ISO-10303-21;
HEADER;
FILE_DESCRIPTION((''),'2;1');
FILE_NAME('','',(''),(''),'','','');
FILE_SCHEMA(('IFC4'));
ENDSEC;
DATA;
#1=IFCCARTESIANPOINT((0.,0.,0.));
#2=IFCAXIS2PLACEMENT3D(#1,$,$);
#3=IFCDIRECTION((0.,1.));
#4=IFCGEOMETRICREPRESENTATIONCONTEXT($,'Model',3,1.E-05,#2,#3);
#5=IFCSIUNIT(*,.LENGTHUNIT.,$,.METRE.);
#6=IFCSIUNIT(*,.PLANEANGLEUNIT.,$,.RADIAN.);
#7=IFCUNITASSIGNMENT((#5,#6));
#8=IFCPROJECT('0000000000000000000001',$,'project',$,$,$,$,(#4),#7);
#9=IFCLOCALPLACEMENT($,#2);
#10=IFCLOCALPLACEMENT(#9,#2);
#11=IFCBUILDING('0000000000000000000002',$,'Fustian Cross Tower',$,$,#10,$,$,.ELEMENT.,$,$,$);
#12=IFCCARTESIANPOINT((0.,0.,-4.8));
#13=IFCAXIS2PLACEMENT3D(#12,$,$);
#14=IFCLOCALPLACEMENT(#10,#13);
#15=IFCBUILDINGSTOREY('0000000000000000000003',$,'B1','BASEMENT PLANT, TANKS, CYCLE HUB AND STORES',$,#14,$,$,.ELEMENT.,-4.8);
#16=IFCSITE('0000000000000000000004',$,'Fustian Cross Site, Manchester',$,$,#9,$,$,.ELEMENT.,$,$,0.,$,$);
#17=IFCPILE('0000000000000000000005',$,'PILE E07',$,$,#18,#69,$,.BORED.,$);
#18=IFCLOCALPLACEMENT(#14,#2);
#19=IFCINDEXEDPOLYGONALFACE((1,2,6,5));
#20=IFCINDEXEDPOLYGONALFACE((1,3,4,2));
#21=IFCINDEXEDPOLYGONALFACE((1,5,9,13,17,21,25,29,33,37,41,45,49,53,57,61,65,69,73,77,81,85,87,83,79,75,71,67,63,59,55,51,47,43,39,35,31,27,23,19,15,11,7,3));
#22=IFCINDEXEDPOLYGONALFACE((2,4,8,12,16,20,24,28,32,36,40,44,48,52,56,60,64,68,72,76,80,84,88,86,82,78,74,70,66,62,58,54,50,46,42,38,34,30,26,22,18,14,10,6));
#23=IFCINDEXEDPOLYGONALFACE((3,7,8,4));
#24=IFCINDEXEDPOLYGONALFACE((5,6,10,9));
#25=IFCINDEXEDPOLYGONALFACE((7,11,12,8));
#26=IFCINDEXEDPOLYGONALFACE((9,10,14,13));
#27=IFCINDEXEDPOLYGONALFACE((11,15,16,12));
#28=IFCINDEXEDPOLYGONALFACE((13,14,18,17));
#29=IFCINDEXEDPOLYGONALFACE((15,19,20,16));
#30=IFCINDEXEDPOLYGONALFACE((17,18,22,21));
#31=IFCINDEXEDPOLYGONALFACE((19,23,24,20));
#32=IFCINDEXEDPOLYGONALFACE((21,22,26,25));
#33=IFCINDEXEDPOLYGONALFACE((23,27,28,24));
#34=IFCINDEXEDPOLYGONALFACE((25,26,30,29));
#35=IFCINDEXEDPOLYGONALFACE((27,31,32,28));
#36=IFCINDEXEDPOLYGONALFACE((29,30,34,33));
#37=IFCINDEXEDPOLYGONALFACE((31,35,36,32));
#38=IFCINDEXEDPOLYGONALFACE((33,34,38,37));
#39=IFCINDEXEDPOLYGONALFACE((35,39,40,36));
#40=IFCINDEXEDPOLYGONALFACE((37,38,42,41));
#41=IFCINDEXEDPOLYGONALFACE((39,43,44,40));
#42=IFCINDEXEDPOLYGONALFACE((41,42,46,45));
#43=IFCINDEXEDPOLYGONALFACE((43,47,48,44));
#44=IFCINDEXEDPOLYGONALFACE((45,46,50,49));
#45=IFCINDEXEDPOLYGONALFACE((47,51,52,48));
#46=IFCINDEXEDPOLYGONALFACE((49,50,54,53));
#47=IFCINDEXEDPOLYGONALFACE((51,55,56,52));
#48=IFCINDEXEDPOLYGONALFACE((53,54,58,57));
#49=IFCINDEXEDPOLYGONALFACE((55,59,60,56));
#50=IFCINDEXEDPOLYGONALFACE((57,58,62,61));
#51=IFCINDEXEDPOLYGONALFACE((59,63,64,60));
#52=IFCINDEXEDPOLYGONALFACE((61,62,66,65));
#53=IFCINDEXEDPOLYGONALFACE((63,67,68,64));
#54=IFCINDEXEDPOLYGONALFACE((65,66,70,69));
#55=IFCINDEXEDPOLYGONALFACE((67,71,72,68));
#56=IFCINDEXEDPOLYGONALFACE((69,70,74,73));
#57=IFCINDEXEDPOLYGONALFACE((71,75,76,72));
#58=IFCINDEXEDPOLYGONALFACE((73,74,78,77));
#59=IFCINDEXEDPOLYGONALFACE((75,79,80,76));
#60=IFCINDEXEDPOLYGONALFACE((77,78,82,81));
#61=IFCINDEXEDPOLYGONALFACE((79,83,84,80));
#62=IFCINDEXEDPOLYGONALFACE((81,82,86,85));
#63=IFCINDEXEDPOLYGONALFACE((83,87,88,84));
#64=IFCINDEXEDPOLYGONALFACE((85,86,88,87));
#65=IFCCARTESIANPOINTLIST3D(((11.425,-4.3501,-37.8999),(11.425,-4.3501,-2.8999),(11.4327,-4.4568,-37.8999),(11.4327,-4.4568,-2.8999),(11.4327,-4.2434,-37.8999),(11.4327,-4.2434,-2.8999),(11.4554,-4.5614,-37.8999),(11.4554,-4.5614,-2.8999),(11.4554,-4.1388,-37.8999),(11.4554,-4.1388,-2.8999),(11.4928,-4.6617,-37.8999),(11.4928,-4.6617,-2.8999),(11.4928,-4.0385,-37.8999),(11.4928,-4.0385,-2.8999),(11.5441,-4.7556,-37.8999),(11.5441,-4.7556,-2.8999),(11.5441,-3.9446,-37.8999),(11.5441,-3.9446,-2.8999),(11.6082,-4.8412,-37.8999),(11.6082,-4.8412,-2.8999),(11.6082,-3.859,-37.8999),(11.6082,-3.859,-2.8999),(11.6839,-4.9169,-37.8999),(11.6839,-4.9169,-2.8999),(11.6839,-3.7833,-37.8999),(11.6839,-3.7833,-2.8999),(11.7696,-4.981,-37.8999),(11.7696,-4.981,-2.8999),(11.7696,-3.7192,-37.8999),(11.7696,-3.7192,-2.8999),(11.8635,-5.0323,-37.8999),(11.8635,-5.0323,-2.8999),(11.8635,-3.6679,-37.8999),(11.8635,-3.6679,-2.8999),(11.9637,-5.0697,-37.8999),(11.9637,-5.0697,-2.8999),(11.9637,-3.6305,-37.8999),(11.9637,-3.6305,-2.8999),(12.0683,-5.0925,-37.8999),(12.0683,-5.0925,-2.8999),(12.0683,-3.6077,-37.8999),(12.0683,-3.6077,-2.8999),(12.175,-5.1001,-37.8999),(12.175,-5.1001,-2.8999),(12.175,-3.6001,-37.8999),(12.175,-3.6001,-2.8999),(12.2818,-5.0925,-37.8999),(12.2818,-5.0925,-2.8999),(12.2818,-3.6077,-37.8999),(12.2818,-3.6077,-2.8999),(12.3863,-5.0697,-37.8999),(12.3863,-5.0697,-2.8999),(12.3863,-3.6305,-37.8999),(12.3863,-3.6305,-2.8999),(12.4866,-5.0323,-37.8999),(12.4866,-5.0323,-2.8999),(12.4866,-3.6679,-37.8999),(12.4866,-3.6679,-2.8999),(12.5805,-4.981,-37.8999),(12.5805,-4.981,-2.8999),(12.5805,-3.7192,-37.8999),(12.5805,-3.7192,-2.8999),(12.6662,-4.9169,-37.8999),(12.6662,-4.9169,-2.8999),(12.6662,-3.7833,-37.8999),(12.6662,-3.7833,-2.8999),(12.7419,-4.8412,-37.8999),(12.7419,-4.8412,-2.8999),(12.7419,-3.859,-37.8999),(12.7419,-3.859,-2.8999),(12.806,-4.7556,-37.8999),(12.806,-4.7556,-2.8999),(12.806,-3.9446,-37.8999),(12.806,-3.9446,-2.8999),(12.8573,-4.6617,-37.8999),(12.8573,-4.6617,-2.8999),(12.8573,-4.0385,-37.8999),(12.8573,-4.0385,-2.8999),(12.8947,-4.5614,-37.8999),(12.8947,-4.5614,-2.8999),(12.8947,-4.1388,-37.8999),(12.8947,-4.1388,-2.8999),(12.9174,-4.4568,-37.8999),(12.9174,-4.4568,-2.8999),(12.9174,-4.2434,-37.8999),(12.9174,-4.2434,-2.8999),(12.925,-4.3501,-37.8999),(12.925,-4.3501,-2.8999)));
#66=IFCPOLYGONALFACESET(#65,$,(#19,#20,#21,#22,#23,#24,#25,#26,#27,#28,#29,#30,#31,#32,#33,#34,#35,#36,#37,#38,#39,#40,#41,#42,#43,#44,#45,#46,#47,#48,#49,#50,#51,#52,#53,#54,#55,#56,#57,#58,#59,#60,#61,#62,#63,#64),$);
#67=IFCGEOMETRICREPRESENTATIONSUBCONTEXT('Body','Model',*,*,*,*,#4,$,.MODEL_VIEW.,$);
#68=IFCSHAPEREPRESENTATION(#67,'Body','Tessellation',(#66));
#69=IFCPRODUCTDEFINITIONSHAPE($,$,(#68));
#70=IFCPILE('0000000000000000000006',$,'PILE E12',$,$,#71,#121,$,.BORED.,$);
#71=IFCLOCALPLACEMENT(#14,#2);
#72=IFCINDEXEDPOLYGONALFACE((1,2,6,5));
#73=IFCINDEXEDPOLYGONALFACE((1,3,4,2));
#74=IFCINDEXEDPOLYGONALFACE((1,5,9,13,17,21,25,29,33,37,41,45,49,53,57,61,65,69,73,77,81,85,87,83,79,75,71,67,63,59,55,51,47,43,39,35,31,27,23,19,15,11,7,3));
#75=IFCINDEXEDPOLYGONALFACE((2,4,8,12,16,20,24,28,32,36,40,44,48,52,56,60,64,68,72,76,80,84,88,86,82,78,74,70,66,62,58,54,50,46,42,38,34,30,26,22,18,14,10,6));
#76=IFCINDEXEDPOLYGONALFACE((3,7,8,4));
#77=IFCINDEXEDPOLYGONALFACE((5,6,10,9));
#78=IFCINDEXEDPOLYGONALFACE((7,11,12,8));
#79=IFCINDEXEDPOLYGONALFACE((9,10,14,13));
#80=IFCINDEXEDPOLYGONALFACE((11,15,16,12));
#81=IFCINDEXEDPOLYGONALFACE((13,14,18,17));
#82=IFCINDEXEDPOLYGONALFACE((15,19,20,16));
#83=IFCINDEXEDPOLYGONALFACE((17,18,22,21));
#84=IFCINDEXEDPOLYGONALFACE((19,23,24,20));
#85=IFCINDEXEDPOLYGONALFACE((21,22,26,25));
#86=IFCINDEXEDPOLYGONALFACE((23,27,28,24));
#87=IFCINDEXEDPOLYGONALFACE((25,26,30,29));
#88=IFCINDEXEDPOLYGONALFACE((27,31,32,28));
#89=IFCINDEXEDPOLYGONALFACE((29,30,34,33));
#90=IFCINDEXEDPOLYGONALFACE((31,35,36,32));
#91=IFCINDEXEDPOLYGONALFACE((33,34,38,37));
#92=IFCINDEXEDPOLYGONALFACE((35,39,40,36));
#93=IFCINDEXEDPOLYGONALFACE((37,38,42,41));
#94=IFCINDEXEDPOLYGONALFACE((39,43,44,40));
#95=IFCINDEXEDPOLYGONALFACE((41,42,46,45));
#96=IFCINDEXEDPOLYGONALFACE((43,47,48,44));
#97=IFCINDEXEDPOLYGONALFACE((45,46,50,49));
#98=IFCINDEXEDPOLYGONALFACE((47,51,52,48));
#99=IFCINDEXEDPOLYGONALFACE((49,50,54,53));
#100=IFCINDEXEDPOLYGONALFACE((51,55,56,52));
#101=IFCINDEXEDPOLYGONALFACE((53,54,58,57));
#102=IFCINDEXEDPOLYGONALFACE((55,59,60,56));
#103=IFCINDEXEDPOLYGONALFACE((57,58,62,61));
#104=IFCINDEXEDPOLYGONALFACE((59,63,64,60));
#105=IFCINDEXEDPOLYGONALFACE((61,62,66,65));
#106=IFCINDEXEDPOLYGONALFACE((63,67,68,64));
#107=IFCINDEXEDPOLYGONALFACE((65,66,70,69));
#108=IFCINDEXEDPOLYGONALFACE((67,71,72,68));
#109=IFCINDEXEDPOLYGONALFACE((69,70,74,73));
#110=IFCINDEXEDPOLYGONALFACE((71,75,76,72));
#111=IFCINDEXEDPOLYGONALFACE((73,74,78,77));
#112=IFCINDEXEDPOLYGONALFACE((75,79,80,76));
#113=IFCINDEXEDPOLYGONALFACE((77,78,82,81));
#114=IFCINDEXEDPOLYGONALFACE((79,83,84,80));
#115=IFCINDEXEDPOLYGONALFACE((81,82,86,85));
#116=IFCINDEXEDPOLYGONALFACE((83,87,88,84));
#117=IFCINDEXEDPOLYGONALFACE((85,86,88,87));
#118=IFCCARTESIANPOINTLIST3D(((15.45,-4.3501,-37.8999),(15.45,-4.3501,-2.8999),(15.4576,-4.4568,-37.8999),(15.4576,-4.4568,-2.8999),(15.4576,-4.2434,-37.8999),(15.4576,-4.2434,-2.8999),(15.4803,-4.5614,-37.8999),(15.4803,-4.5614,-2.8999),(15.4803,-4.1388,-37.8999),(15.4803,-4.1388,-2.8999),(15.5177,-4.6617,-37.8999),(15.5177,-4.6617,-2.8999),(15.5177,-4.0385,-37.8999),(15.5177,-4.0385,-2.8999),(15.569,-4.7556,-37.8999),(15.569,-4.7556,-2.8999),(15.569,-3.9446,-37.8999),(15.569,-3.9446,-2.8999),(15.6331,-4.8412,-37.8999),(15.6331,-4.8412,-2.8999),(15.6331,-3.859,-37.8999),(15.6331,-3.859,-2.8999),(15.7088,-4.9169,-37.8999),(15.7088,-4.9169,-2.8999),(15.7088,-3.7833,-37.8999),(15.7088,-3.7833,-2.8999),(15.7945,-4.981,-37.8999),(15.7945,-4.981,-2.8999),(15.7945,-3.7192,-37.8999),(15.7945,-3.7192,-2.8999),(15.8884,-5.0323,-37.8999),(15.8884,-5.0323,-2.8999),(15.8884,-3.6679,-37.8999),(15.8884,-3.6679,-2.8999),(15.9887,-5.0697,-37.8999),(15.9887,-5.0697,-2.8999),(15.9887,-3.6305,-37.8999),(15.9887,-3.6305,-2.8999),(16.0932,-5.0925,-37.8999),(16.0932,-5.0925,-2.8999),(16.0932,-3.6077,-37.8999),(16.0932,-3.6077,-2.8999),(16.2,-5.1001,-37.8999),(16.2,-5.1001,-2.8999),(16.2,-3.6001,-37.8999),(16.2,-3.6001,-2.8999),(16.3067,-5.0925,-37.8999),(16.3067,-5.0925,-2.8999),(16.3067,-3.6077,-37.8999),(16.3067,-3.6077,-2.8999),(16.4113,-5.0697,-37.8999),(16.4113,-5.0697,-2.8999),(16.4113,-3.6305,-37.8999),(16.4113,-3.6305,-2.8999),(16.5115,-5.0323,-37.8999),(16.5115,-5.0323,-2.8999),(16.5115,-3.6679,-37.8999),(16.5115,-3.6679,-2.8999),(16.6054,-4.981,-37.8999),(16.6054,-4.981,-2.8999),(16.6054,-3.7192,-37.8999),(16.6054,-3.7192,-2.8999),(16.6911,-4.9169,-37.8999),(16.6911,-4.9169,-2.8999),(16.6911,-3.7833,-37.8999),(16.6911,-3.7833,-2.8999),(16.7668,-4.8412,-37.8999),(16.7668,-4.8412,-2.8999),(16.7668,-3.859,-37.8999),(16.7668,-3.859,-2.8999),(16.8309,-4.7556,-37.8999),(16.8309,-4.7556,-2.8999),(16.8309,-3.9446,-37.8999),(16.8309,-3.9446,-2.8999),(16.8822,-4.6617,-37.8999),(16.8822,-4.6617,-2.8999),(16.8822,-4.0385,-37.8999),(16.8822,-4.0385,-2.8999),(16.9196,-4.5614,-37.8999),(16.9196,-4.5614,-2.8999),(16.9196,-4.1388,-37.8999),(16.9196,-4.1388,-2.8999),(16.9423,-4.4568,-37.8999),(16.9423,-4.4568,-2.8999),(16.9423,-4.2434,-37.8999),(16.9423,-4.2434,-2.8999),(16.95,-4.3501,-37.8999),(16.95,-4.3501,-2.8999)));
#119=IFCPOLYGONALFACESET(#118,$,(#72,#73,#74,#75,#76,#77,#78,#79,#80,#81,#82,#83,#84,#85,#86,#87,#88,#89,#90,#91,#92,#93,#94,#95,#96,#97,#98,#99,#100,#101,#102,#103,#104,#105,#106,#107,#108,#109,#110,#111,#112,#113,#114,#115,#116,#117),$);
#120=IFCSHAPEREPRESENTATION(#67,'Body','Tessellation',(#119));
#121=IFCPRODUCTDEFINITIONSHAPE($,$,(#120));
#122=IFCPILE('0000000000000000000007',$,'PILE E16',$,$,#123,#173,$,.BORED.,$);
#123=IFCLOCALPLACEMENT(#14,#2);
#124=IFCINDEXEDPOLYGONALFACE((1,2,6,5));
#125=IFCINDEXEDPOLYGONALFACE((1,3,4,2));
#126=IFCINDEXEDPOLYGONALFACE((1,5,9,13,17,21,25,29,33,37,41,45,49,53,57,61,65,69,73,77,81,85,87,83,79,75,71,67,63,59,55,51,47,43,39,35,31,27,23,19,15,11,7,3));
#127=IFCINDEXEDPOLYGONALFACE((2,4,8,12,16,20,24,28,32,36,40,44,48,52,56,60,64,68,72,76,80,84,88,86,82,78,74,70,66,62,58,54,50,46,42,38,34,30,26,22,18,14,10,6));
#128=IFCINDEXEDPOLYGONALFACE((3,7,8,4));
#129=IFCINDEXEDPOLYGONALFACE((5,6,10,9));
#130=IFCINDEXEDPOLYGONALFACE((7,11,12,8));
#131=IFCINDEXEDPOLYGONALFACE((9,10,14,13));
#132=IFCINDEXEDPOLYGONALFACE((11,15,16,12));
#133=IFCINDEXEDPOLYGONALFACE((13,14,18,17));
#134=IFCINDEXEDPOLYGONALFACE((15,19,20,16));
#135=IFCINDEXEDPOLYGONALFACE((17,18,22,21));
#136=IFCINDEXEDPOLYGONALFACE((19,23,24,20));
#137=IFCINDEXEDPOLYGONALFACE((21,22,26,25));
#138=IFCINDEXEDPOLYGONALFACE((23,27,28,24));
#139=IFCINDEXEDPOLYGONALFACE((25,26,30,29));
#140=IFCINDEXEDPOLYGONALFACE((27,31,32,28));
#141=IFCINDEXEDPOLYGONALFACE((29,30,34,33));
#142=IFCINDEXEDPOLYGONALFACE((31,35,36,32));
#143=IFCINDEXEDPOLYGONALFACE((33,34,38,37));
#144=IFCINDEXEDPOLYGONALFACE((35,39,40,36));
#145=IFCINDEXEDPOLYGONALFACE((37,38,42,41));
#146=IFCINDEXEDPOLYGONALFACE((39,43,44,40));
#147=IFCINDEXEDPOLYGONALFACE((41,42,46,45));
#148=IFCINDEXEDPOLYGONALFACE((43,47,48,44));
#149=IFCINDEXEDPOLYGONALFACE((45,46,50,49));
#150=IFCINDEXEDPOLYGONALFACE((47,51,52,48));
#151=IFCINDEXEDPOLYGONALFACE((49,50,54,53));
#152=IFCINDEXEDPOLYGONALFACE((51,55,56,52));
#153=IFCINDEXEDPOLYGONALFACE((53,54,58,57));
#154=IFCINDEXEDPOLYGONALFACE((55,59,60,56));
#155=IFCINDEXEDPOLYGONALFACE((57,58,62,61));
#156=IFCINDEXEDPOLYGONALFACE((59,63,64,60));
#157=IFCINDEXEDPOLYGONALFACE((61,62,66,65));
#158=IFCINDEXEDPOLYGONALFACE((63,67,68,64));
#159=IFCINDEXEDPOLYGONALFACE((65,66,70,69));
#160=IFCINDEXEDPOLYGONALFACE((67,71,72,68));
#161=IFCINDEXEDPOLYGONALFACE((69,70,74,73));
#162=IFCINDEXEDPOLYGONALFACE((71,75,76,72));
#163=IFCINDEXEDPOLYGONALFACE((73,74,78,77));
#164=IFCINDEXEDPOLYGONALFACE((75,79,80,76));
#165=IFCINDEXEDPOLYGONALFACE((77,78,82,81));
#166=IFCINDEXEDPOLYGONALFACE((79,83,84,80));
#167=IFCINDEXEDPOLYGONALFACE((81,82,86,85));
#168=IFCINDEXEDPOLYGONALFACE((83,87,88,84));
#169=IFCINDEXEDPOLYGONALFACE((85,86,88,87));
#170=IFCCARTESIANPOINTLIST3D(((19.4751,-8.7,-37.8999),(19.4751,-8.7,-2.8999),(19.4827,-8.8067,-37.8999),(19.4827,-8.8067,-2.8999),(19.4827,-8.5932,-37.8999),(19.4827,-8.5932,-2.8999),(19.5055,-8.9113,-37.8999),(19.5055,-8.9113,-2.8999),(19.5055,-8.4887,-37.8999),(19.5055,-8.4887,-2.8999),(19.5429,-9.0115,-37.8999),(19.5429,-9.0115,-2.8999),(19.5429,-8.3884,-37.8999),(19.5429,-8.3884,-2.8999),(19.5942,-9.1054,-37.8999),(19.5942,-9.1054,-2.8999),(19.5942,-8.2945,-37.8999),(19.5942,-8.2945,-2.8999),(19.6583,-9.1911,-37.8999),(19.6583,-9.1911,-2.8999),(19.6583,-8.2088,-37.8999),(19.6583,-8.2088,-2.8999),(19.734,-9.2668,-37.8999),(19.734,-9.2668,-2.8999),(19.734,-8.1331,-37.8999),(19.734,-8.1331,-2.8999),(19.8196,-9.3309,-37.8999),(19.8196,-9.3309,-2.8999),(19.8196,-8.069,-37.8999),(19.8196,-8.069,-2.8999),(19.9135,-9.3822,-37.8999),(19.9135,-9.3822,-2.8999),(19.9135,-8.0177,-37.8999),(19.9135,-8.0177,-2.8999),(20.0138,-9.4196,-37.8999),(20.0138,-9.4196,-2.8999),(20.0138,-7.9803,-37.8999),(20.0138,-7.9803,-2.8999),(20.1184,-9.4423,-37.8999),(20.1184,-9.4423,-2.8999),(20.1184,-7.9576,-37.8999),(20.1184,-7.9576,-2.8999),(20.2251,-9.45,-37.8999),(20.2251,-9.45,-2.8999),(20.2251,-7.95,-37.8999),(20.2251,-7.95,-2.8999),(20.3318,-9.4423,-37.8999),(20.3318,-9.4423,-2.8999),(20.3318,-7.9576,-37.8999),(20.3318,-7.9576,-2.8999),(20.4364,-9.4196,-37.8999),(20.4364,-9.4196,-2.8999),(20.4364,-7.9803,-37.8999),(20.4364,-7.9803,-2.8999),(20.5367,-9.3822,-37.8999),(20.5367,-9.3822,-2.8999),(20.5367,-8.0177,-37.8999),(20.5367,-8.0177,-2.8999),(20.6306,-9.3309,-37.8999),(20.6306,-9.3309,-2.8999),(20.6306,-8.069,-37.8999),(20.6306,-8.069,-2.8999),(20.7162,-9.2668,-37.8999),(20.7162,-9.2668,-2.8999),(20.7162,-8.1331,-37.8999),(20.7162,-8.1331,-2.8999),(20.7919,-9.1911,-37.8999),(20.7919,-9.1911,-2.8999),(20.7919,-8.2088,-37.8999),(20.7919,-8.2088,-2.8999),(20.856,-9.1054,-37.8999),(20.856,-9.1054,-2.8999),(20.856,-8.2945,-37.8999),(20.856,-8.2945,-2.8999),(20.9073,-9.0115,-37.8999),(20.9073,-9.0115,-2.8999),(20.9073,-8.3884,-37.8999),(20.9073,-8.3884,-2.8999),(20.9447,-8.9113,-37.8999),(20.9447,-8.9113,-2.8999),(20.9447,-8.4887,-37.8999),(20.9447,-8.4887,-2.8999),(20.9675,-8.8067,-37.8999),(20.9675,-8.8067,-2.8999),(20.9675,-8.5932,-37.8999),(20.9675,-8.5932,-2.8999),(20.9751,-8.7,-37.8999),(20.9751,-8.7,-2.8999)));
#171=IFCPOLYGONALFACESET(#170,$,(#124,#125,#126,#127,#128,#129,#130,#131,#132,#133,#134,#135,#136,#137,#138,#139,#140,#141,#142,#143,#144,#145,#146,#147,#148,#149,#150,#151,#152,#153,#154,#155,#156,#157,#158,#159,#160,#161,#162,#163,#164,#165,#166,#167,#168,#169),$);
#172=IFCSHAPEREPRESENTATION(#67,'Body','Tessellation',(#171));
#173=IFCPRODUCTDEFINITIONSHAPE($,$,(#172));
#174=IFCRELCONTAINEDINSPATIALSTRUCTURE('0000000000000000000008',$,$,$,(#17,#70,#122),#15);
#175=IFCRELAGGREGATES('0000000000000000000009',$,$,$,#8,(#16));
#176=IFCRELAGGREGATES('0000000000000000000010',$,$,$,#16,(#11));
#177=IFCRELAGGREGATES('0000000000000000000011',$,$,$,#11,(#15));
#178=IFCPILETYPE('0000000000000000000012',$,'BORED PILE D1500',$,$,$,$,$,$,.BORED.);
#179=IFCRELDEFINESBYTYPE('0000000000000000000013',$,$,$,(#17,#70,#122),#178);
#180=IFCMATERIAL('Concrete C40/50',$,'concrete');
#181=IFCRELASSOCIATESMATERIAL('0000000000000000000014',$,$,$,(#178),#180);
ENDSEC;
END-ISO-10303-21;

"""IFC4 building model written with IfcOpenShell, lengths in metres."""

from ifc_helpers import new_model, si_unit, direction, frame, origin, origin_2d, place, context, subcontext, project, spatial, circle, extrude, material, material_profile, profile_set, type_object, element, save


model = new_model("IFC4")

# Units and contexts
model_context = context("Model", 3, precision=1e-05, world=origin(), true_north=direction((0.0, 1.0)))
body_context = subcontext(model_context, "Body", "Model", "MODEL_VIEW")
ifc_project = project(units=[si_unit("LENGTHUNIT", "METRE"), si_unit("PLANEANGLEUNIT", "RADIAN")], contexts=[model_context])

# Site, building, storey
site_placement = place(None, origin())
site = spatial("IfcSite", under=ifc_project, at=site_placement, Name="Fustian Cross Site, Manchester", CompositionType="ELEMENT", RefElevation=0.0)
building_placement = place(site_placement, origin())
building = spatial("IfcBuilding", under=site, at=building_placement, Name="Fustian Cross Tower", CompositionType="ELEMENT")
storey_placement = place(building_placement, frame((0.0, 0.0, -4.8)))
storey = spatial("IfcBuildingStorey", under=building, at=storey_placement, Name="B1", Description="BASEMENT PLANT, TANKS, CYCLE HUB AND STORES", CompositionType="ELEMENT", Elevation=-4.8)

# Piles
ifc_material_1 = material(Name="Concrete C40/50", Category="concrete")
ifc_material_profile = material_profile(ifc_material_1, circle(Radius=0.75, at=origin_2d()), Name="BORED PILE D1500")
ifc_profile_set = profile_set([ifc_material_profile], Name="Concrete C40/50")
pile_type = type_object("IfcPileType", Name="BORED PILE D1500", PredefinedType="BORED", material=ifc_profile_set)
for number, where, z_axis, x_axis, name in (
    (1, (12.175, -4.3501, -2.8999), (0.0, 0.0, -1.0), (1.0, 0.0, 0.0), "PILE E07"),
    (2, (16.2, -4.3501, -2.8999), (0.0, 0.0, -1.0), (1.0, 0.0, 0.0), "PILE E12"),
    (3, (20.2251, -8.7, -2.8999), (0.0, 0.0, -1.0), (1.0, 0.0, 0.0), "PILE E16"),
):
    element("IfcPile", number, at=place(storey_placement, frame(where, z_axis=z_axis, x_axis=x_axis)), inside=storey, type_object=pile_type, Name=name, PredefinedType="BORED", context=body_context, shape_type="SweptSolid", body=[
        extrude(circle(Radius=0.75, at=origin_2d()), origin(), (0.0, 0.0, 1.0), 35.0),
    ])

save(model, "model.ifc")
